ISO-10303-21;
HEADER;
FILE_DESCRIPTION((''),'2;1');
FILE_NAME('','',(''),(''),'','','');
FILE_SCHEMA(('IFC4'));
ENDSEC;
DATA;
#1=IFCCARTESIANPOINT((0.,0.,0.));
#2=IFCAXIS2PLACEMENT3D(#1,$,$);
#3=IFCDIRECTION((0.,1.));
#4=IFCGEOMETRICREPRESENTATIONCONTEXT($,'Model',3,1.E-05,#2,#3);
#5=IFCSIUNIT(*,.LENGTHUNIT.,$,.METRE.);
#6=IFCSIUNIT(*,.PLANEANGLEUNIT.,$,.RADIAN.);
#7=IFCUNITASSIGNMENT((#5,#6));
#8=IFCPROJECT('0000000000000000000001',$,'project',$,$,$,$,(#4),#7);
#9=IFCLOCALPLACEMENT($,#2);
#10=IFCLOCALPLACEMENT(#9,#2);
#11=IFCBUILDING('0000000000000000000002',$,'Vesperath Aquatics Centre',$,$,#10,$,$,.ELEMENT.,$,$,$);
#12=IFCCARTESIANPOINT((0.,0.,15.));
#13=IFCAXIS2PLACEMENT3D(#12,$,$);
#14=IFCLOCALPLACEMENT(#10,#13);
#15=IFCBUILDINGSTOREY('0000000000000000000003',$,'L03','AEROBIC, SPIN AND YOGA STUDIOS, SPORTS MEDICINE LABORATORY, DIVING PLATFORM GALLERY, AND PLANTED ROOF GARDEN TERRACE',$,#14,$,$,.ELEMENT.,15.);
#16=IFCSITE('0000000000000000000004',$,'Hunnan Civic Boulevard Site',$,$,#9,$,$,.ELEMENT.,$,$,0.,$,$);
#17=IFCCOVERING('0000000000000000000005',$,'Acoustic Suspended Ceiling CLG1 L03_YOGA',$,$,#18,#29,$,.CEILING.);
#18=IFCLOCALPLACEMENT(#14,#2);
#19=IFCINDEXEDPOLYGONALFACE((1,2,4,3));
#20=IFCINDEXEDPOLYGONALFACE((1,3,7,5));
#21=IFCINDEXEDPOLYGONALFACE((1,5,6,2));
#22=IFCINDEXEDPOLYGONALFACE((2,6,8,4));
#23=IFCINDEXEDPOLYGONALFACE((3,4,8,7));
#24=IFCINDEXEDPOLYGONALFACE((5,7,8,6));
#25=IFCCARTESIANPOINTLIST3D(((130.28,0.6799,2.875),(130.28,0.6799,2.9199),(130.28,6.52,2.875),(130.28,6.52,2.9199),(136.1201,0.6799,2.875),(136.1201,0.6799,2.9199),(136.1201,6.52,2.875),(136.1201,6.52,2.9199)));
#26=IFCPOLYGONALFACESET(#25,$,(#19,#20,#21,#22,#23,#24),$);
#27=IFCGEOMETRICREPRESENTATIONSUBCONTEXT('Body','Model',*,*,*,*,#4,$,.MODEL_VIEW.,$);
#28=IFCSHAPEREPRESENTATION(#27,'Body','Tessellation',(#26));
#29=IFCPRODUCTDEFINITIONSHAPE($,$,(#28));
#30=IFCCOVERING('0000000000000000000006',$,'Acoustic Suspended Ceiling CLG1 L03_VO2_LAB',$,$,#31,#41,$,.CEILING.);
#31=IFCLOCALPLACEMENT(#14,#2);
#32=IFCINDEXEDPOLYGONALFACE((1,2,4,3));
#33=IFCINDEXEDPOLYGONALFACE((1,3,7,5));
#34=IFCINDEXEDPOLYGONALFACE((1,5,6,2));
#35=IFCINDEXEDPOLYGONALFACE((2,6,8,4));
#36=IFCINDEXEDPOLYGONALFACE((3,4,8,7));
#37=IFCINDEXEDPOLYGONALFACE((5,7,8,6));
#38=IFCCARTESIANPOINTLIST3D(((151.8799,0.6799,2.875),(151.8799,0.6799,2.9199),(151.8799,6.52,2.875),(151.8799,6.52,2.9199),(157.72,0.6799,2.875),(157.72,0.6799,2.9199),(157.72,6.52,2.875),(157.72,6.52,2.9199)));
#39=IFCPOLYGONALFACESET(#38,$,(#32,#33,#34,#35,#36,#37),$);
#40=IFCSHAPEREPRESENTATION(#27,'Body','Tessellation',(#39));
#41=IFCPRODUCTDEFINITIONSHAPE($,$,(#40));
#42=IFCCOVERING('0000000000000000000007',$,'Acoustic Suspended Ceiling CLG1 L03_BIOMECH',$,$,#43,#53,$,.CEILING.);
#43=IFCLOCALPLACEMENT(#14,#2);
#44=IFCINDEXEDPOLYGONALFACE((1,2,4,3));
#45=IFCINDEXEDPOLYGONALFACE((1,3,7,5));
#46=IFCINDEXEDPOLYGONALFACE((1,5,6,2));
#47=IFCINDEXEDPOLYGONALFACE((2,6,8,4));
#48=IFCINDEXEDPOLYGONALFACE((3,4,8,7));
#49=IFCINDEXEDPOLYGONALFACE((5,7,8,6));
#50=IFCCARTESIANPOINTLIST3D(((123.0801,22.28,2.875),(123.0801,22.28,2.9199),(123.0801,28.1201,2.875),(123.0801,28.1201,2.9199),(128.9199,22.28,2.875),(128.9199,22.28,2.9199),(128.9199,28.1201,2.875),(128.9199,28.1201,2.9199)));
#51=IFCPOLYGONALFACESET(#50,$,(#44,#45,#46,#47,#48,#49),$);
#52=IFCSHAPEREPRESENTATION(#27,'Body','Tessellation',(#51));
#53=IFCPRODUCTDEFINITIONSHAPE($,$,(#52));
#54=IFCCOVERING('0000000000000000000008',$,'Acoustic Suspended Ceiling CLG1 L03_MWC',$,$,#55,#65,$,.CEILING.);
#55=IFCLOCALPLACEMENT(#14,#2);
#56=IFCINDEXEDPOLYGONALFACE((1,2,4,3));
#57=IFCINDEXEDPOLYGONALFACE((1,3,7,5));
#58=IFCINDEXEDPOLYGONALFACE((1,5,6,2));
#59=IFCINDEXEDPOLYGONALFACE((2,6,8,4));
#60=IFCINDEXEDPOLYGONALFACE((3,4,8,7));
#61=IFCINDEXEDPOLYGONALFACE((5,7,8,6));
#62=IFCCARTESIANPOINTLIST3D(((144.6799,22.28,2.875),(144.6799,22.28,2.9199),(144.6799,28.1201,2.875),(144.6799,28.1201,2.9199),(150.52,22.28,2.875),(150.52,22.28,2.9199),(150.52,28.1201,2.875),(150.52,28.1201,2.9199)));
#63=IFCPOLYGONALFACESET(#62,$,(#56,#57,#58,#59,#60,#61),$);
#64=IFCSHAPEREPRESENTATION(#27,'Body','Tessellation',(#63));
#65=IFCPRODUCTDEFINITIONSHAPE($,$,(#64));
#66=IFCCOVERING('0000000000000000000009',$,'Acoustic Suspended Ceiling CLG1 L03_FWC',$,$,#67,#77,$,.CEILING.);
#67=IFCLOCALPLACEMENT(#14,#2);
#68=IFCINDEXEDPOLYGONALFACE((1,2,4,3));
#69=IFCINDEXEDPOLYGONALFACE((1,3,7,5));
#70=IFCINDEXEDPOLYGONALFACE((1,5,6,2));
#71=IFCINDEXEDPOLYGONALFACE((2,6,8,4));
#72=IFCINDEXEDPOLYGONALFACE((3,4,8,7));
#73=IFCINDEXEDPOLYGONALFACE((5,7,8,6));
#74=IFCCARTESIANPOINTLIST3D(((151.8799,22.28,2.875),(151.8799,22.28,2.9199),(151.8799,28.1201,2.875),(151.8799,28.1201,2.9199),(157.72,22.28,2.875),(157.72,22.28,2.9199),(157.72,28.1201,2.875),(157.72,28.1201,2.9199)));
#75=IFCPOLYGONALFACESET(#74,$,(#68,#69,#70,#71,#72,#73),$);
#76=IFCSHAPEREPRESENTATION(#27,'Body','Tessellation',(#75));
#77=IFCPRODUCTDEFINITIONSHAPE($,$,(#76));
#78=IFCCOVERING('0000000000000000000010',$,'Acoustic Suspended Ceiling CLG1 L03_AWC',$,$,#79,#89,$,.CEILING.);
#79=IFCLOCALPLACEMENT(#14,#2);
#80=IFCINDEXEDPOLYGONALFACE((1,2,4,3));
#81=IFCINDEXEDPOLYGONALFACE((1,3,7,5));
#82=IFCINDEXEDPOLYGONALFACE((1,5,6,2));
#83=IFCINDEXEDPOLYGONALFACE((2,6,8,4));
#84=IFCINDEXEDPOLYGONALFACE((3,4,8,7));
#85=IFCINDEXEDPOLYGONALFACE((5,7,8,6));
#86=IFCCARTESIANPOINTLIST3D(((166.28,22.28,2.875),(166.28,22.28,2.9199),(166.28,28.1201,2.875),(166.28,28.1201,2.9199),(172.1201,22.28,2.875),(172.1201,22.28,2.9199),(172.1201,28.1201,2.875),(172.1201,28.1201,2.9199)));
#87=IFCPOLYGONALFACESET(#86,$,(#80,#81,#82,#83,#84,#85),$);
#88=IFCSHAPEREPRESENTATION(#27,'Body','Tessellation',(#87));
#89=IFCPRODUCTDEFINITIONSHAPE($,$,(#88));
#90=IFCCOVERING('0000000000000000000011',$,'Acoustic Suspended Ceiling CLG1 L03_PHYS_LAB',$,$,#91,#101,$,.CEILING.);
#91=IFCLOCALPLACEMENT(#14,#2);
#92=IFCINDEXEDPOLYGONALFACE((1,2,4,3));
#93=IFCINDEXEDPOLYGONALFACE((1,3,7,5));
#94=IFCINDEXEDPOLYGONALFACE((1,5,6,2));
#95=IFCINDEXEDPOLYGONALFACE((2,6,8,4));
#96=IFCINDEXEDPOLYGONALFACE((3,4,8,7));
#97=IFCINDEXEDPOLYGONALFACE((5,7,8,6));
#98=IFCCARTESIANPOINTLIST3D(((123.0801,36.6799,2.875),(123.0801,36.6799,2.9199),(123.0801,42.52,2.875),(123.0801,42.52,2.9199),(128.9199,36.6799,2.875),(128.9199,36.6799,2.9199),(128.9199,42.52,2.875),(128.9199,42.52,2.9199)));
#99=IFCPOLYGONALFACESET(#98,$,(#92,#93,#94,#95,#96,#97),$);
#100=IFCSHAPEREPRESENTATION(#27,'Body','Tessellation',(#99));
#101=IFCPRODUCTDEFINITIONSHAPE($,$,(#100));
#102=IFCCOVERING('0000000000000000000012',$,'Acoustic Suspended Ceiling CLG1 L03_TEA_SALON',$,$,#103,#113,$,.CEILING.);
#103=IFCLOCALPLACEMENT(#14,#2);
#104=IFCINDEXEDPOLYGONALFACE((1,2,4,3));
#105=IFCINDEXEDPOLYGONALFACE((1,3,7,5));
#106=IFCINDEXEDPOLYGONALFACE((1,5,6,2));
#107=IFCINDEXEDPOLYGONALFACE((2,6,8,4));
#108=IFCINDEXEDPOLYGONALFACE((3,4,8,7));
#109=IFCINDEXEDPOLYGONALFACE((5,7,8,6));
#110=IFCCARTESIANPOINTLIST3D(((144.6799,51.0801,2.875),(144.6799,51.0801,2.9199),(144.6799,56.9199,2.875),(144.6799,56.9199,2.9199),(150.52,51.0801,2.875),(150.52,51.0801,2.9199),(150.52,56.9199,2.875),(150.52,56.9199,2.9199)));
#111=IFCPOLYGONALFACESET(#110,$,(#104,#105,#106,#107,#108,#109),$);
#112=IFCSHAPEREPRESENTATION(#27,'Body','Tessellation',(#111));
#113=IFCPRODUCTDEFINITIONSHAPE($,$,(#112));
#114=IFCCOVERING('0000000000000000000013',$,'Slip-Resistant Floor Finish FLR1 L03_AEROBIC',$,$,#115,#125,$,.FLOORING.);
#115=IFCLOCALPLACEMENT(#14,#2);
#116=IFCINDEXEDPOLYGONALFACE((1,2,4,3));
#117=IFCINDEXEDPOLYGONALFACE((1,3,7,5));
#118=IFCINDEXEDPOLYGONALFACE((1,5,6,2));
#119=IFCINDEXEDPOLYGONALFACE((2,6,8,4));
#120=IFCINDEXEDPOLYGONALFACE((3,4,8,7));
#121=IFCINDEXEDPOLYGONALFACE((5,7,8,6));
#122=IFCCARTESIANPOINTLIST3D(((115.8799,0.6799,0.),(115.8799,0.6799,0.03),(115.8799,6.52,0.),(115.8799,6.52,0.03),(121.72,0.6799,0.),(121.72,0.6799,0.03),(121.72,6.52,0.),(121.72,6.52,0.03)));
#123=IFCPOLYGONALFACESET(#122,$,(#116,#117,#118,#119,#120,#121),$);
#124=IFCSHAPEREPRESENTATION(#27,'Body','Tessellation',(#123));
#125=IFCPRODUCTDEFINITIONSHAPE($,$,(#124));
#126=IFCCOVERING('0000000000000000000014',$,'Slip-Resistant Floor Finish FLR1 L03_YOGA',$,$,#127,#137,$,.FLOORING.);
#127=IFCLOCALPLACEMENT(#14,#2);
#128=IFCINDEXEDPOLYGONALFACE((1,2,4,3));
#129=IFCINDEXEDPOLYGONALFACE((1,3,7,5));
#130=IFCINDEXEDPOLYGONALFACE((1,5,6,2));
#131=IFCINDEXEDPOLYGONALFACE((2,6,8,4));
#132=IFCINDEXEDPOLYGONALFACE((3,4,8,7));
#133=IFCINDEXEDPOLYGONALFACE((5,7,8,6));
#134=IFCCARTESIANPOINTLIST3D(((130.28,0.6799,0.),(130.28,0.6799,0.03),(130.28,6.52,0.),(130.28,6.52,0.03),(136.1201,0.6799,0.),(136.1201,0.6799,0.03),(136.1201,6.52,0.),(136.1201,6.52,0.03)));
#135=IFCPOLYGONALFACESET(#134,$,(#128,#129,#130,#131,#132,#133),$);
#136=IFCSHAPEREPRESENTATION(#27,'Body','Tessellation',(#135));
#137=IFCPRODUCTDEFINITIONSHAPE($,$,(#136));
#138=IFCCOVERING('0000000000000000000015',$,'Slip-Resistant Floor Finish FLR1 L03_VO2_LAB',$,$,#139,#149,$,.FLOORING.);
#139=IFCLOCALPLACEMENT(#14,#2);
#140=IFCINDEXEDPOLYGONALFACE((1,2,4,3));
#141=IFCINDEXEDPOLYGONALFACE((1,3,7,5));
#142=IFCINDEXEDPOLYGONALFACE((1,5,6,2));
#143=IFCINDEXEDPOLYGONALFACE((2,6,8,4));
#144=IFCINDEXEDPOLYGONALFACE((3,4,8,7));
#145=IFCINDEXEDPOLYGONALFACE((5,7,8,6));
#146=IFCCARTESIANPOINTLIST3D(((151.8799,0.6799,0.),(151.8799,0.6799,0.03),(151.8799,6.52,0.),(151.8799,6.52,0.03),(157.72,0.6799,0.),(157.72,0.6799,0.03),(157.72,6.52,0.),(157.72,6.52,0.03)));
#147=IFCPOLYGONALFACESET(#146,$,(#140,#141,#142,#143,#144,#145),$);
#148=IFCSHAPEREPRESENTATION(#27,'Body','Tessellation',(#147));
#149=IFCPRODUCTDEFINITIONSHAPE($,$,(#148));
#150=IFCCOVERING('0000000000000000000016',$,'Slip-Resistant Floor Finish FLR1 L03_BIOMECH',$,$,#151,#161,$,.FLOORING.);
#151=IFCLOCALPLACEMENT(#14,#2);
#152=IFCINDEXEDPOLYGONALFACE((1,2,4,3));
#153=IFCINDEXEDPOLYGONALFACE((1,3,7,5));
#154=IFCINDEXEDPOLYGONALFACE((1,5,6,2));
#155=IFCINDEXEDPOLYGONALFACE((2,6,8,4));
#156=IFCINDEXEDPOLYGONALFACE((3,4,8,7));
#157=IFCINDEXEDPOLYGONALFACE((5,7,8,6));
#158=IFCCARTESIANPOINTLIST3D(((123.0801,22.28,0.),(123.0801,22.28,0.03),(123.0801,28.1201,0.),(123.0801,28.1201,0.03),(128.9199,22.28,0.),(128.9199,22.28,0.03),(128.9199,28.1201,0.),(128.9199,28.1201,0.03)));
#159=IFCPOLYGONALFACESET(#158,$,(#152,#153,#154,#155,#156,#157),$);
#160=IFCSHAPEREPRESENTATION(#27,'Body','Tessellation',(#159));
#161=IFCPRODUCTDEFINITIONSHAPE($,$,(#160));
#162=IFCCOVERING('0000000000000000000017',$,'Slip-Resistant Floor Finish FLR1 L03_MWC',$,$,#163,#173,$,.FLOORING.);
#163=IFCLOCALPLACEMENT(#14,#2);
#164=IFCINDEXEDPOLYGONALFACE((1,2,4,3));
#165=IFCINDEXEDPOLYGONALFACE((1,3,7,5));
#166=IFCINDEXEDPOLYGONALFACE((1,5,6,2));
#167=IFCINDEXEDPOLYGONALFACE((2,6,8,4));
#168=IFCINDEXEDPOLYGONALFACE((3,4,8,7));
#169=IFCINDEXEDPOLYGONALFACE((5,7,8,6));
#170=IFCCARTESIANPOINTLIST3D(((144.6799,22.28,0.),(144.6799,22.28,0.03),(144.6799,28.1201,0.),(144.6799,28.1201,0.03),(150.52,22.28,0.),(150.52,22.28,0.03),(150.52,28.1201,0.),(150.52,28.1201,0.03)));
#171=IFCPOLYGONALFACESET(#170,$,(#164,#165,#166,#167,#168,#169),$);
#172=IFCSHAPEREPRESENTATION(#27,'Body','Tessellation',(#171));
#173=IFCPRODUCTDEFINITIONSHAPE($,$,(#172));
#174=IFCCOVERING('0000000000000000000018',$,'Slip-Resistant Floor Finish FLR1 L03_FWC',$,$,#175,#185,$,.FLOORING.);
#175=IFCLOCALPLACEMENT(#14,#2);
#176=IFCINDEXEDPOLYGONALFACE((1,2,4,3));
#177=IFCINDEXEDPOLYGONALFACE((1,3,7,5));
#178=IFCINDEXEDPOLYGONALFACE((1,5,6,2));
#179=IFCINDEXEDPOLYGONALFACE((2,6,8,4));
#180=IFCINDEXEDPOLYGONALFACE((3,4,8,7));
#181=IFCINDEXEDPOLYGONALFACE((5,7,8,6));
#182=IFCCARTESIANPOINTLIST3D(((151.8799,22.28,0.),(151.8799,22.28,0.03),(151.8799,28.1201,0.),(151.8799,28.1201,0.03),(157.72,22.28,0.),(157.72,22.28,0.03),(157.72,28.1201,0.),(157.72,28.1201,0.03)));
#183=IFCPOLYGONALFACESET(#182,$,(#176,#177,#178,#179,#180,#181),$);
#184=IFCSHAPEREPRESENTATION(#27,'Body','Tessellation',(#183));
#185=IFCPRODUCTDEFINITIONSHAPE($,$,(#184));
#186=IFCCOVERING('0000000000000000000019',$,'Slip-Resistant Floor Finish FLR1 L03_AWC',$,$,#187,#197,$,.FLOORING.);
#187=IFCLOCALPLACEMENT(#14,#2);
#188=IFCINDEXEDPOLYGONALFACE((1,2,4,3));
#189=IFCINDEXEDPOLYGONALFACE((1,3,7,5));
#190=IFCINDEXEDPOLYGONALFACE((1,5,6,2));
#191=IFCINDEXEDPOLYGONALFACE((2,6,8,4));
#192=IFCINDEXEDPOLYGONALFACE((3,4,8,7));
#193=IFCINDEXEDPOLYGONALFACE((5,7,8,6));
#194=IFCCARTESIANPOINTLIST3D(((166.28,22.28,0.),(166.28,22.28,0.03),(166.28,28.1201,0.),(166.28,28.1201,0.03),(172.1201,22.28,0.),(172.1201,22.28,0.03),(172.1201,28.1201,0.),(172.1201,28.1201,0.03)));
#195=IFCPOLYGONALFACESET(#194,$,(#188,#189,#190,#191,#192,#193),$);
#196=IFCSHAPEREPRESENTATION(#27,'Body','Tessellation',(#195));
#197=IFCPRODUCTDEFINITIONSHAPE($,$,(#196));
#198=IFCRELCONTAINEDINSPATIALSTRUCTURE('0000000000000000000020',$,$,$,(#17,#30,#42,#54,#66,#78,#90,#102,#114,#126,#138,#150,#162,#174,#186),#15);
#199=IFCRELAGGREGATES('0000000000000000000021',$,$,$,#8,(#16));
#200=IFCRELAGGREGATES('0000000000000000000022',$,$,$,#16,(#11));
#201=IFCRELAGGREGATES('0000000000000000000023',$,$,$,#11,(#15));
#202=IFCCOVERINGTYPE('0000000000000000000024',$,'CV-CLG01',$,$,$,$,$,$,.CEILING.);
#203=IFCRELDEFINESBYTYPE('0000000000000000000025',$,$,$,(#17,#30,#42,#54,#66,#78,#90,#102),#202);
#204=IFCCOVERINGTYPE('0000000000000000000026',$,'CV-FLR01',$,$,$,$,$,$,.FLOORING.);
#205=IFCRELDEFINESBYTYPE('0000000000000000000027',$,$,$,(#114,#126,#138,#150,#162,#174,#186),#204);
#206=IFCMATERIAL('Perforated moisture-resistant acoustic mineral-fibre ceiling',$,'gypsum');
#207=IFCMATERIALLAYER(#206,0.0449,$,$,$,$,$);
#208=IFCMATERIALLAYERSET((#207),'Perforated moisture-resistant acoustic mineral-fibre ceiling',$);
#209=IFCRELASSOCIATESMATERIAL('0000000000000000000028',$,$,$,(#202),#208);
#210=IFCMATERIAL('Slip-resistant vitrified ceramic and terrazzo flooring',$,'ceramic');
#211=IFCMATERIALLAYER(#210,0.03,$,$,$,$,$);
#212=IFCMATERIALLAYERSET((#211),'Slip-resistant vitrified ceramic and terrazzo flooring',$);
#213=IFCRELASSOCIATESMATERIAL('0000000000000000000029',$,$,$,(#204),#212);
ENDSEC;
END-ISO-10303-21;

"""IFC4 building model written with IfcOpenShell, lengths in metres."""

from ifc_helpers import new_model, si_unit, direction, frame, origin, place, context, subcontext, project, spatial, polyline, outline, extrude, material, layer, layer_set, type_object, element, save


model = new_model("IFC4")

# Units and contexts
model_context = context("Model", 3, precision=1e-05, world=origin(), true_north=direction((0.0, 1.0)))
body_context = subcontext(model_context, "Body", "Model", "MODEL_VIEW")
ifc_project = project(units=[si_unit("LENGTHUNIT", "METRE"), si_unit("PLANEANGLEUNIT", "RADIAN")], contexts=[model_context])

# Site, building, storey
site_placement = place(None, origin())
site = spatial("IfcSite", under=ifc_project, at=site_placement, Name="Hunnan Civic Boulevard Site", CompositionType="ELEMENT", RefElevation=0.0)
building_placement = place(site_placement, origin())
building = spatial("IfcBuilding", under=site, at=building_placement, Name="Vesperath Aquatics Centre", CompositionType="ELEMENT")
storey_placement = place(building_placement, frame((0.0, 0.0, 15.0)))
storey = spatial("IfcBuildingStorey", under=building, at=storey_placement, Name="L03", Description="AEROBIC, SPIN AND YOGA STUDIOS, SPORTS MEDICINE LABORATORY, DIVING PLATFORM GALLERY, AND PLANTED ROOF GARDEN TERRACE", CompositionType="ELEMENT", Elevation=15.0)

# Coverings
ifc_material_1 = material(Name="Perforated moisture-resistant acoustic mineral-fibre ceiling", Category="gypsum")
ifc_layer_1 = layer(ifc_material_1, 0.0449)
ifc_layer_set_1 = layer_set([ifc_layer_1], Name="Perforated moisture-resistant acoustic mineral-fibre ceiling")
covering_type_1 = type_object("IfcCoveringType", Name="CV-CLG01", PredefinedType="CEILING", material=ifc_layer_set_1)
covering_1_placement = place(storey_placement, frame((0.0, 0.0, 2.875)))
element("IfcCovering", 1, at=covering_1_placement, inside=storey, type_object=covering_type_1, Name="Acoustic Suspended Ceiling CLG1 L03_YOGA", PredefinedType="CEILING", context=body_context, shape_type="SweptSolid", body=[
    extrude(outline(polyline([(130.28, 0.6799), (136.1201, 0.6799), (136.1201, 6.52), (130.28, 6.52), (130.28, 0.6799)])), origin(), (0.0, 0.0, 1.0), 0.0449),
])
covering_2_placement = place(storey_placement, frame((0.0, 0.0, 2.875)))
element("IfcCovering", 2, at=covering_2_placement, inside=storey, type_object=covering_type_1, Name="Acoustic Suspended Ceiling CLG1 L03_VO2_LAB", PredefinedType="CEILING", context=body_context, shape_type="SweptSolid", body=[
    extrude(outline(polyline([(151.8799, 0.6799), (157.72, 0.6799), (157.72, 6.52), (151.8799, 6.52), (151.8799, 0.6799)])), origin(), (0.0, 0.0, 1.0), 0.0449),
])
covering_3_placement = place(storey_placement, frame((0.0, 0.0, 2.875)))
element("IfcCovering", 3, at=covering_3_placement, inside=storey, type_object=covering_type_1, Name="Acoustic Suspended Ceiling CLG1 L03_BIOMECH", PredefinedType="CEILING", context=body_context, shape_type="SweptSolid", body=[
    extrude(outline(polyline([(123.0801, 22.28), (128.9199, 22.28), (128.9199, 28.1201), (123.0801, 28.1201), (123.0801, 22.28)])), origin(), (0.0, 0.0, 1.0), 0.0449),
])
covering_4_placement = place(storey_placement, frame((0.0, 0.0, 2.875)))
element("IfcCovering", 4, at=covering_4_placement, inside=storey, type_object=covering_type_1, Name="Acoustic Suspended Ceiling CLG1 L03_MWC", PredefinedType="CEILING", context=body_context, shape_type="SweptSolid", body=[
    extrude(outline(polyline([(144.6799, 22.28), (150.52, 22.28), (150.52, 28.1201), (144.6799, 28.1201), (144.6799, 22.28)])), origin(), (0.0, 0.0, 1.0), 0.0449),
])
covering_5_placement = place(storey_placement, frame((0.0, 0.0, 2.875)))
element("IfcCovering", 5, at=covering_5_placement, inside=storey, type_object=covering_type_1, Name="Acoustic Suspended Ceiling CLG1 L03_FWC", PredefinedType="CEILING", context=body_context, shape_type="SweptSolid", body=[
    extrude(outline(polyline([(151.8799, 22.28), (157.72, 22.28), (157.72, 28.1201), (151.8799, 28.1201), (151.8799, 22.28)])), origin(), (0.0, 0.0, 1.0), 0.0449),
])
covering_6_placement = place(storey_placement, frame((0.0, 0.0, 2.875)))
element("IfcCovering", 6, at=covering_6_placement, inside=storey, type_object=covering_type_1, Name="Acoustic Suspended Ceiling CLG1 L03_AWC", PredefinedType="CEILING", context=body_context, shape_type="SweptSolid", body=[
    extrude(outline(polyline([(166.28, 22.28), (172.1201, 22.28), (172.1201, 28.1201), (166.28, 28.1201), (166.28, 22.28)])), origin(), (0.0, 0.0, 1.0), 0.0449),
])
covering_7_placement = place(storey_placement, frame((0.0, 0.0, 2.875)))
element("IfcCovering", 7, at=covering_7_placement, inside=storey, type_object=covering_type_1, Name="Acoustic Suspended Ceiling CLG1 L03_PHYS_LAB", PredefinedType="CEILING", context=body_context, shape_type="SweptSolid", body=[
    extrude(outline(polyline([(123.0801, 36.6799), (128.9199, 36.6799), (128.9199, 42.52), (123.0801, 42.52), (123.0801, 36.6799)])), origin(), (0.0, 0.0, 1.0), 0.0449),
])
covering_8_placement = place(storey_placement, frame((0.0, 0.0, 2.875)))
element("IfcCovering", 8, at=covering_8_placement, inside=storey, type_object=covering_type_1, Name="Acoustic Suspended Ceiling CLG1 L03_TEA_SALON", PredefinedType="CEILING", context=body_context, shape_type="SweptSolid", body=[
    extrude(outline(polyline([(144.6799, 51.0801), (150.52, 51.0801), (150.52, 56.9199), (144.6799, 56.9199), (144.6799, 51.0801)])), origin(), (0.0, 0.0, 1.0), 0.0449),
])
ifc_material_2 = material(Name="Slip-resistant vitrified ceramic and terrazzo flooring", Category="ceramic")
ifc_layer_2 = layer(ifc_material_2, 0.03)
ifc_layer_set_2 = layer_set([ifc_layer_2], Name="Slip-resistant vitrified ceramic and terrazzo flooring")
covering_type_2 = type_object("IfcCoveringType", Name="CV-FLR01", PredefinedType="FLOORING", material=ifc_layer_set_2)
covering_9_placement = place(storey_placement, origin())
element("IfcCovering", 9, at=covering_9_placement, inside=storey, type_object=covering_type_2, Name="Slip-Resistant Floor Finish FLR1 L03_AEROBIC", PredefinedType="FLOORING", context=body_context, shape_type="SweptSolid", body=[
    extrude(outline(polyline([(115.8799, 0.6799), (121.72, 0.6799), (121.72, 6.52), (115.8799, 6.52), (115.8799, 0.6799)])), origin(), (0.0, 0.0, 1.0), 0.03),
])
covering_10_placement = place(storey_placement, origin())
element("IfcCovering", 10, at=covering_10_placement, inside=storey, type_object=covering_type_2, Name="Slip-Resistant Floor Finish FLR1 L03_YOGA", PredefinedType="FLOORING", context=body_context, shape_type="SweptSolid", body=[
    extrude(outline(polyline([(130.28, 0.6799), (136.1201, 0.6799), (136.1201, 6.52), (130.28, 6.52), (130.28, 0.6799)])), origin(), (0.0, 0.0, 1.0), 0.03),
])
covering_11_placement = place(storey_placement, origin())
element("IfcCovering", 11, at=covering_11_placement, inside=storey, type_object=covering_type_2, Name="Slip-Resistant Floor Finish FLR1 L03_VO2_LAB", PredefinedType="FLOORING", context=body_context, shape_type="SweptSolid", body=[
    extrude(outline(polyline([(151.8799, 0.6799), (157.72, 0.6799), (157.72, 6.52), (151.8799, 6.52), (151.8799, 0.6799)])), origin(), (0.0, 0.0, 1.0), 0.03),
])
covering_12_placement = place(storey_placement, origin())
element("IfcCovering", 12, at=covering_12_placement, inside=storey, type_object=covering_type_2, Name="Slip-Resistant Floor Finish FLR1 L03_BIOMECH", PredefinedType="FLOORING", context=body_context, shape_type="SweptSolid", body=[
    extrude(outline(polyline([(123.0801, 22.28), (128.9199, 22.28), (128.9199, 28.1201), (123.0801, 28.1201), (123.0801, 22.28)])), origin(), (0.0, 0.0, 1.0), 0.03),
])
covering_13_placement = place(storey_placement, origin())
element("IfcCovering", 13, at=covering_13_placement, inside=storey, type_object=covering_type_2, Name="Slip-Resistant Floor Finish FLR1 L03_MWC", PredefinedType="FLOORING", context=body_context, shape_type="SweptSolid", body=[
    extrude(outline(polyline([(144.6799, 22.28), (150.52, 22.28), (150.52, 28.1201), (144.6799, 28.1201), (144.6799, 22.28)])), origin(), (0.0, 0.0, 1.0), 0.03),
])
covering_14_placement = place(storey_placement, origin())
element("IfcCovering", 14, at=covering_14_placement, inside=storey, type_object=covering_type_2, Name="Slip-Resistant Floor Finish FLR1 L03_FWC", PredefinedType="FLOORING", context=body_context, shape_type="SweptSolid", body=[
    extrude(outline(polyline([(151.8799, 22.28), (157.72, 22.28), (157.72, 28.1201), (151.8799, 28.1201), (151.8799, 22.28)])), origin(), (0.0, 0.0, 1.0), 0.03),
])
covering_15_placement = place(storey_placement, origin())
element("IfcCovering", 15, at=covering_15_placement, inside=storey, type_object=covering_type_2, Name="Slip-Resistant Floor Finish FLR1 L03_AWC", PredefinedType="FLOORING", context=body_context, shape_type="SweptSolid", body=[
    extrude(outline(polyline([(166.28, 22.28), (172.1201, 22.28), (172.1201, 28.1201), (166.28, 28.1201), (166.28, 22.28)])), origin(), (0.0, 0.0, 1.0), 0.03),
])

save(model, "model.ifc")
